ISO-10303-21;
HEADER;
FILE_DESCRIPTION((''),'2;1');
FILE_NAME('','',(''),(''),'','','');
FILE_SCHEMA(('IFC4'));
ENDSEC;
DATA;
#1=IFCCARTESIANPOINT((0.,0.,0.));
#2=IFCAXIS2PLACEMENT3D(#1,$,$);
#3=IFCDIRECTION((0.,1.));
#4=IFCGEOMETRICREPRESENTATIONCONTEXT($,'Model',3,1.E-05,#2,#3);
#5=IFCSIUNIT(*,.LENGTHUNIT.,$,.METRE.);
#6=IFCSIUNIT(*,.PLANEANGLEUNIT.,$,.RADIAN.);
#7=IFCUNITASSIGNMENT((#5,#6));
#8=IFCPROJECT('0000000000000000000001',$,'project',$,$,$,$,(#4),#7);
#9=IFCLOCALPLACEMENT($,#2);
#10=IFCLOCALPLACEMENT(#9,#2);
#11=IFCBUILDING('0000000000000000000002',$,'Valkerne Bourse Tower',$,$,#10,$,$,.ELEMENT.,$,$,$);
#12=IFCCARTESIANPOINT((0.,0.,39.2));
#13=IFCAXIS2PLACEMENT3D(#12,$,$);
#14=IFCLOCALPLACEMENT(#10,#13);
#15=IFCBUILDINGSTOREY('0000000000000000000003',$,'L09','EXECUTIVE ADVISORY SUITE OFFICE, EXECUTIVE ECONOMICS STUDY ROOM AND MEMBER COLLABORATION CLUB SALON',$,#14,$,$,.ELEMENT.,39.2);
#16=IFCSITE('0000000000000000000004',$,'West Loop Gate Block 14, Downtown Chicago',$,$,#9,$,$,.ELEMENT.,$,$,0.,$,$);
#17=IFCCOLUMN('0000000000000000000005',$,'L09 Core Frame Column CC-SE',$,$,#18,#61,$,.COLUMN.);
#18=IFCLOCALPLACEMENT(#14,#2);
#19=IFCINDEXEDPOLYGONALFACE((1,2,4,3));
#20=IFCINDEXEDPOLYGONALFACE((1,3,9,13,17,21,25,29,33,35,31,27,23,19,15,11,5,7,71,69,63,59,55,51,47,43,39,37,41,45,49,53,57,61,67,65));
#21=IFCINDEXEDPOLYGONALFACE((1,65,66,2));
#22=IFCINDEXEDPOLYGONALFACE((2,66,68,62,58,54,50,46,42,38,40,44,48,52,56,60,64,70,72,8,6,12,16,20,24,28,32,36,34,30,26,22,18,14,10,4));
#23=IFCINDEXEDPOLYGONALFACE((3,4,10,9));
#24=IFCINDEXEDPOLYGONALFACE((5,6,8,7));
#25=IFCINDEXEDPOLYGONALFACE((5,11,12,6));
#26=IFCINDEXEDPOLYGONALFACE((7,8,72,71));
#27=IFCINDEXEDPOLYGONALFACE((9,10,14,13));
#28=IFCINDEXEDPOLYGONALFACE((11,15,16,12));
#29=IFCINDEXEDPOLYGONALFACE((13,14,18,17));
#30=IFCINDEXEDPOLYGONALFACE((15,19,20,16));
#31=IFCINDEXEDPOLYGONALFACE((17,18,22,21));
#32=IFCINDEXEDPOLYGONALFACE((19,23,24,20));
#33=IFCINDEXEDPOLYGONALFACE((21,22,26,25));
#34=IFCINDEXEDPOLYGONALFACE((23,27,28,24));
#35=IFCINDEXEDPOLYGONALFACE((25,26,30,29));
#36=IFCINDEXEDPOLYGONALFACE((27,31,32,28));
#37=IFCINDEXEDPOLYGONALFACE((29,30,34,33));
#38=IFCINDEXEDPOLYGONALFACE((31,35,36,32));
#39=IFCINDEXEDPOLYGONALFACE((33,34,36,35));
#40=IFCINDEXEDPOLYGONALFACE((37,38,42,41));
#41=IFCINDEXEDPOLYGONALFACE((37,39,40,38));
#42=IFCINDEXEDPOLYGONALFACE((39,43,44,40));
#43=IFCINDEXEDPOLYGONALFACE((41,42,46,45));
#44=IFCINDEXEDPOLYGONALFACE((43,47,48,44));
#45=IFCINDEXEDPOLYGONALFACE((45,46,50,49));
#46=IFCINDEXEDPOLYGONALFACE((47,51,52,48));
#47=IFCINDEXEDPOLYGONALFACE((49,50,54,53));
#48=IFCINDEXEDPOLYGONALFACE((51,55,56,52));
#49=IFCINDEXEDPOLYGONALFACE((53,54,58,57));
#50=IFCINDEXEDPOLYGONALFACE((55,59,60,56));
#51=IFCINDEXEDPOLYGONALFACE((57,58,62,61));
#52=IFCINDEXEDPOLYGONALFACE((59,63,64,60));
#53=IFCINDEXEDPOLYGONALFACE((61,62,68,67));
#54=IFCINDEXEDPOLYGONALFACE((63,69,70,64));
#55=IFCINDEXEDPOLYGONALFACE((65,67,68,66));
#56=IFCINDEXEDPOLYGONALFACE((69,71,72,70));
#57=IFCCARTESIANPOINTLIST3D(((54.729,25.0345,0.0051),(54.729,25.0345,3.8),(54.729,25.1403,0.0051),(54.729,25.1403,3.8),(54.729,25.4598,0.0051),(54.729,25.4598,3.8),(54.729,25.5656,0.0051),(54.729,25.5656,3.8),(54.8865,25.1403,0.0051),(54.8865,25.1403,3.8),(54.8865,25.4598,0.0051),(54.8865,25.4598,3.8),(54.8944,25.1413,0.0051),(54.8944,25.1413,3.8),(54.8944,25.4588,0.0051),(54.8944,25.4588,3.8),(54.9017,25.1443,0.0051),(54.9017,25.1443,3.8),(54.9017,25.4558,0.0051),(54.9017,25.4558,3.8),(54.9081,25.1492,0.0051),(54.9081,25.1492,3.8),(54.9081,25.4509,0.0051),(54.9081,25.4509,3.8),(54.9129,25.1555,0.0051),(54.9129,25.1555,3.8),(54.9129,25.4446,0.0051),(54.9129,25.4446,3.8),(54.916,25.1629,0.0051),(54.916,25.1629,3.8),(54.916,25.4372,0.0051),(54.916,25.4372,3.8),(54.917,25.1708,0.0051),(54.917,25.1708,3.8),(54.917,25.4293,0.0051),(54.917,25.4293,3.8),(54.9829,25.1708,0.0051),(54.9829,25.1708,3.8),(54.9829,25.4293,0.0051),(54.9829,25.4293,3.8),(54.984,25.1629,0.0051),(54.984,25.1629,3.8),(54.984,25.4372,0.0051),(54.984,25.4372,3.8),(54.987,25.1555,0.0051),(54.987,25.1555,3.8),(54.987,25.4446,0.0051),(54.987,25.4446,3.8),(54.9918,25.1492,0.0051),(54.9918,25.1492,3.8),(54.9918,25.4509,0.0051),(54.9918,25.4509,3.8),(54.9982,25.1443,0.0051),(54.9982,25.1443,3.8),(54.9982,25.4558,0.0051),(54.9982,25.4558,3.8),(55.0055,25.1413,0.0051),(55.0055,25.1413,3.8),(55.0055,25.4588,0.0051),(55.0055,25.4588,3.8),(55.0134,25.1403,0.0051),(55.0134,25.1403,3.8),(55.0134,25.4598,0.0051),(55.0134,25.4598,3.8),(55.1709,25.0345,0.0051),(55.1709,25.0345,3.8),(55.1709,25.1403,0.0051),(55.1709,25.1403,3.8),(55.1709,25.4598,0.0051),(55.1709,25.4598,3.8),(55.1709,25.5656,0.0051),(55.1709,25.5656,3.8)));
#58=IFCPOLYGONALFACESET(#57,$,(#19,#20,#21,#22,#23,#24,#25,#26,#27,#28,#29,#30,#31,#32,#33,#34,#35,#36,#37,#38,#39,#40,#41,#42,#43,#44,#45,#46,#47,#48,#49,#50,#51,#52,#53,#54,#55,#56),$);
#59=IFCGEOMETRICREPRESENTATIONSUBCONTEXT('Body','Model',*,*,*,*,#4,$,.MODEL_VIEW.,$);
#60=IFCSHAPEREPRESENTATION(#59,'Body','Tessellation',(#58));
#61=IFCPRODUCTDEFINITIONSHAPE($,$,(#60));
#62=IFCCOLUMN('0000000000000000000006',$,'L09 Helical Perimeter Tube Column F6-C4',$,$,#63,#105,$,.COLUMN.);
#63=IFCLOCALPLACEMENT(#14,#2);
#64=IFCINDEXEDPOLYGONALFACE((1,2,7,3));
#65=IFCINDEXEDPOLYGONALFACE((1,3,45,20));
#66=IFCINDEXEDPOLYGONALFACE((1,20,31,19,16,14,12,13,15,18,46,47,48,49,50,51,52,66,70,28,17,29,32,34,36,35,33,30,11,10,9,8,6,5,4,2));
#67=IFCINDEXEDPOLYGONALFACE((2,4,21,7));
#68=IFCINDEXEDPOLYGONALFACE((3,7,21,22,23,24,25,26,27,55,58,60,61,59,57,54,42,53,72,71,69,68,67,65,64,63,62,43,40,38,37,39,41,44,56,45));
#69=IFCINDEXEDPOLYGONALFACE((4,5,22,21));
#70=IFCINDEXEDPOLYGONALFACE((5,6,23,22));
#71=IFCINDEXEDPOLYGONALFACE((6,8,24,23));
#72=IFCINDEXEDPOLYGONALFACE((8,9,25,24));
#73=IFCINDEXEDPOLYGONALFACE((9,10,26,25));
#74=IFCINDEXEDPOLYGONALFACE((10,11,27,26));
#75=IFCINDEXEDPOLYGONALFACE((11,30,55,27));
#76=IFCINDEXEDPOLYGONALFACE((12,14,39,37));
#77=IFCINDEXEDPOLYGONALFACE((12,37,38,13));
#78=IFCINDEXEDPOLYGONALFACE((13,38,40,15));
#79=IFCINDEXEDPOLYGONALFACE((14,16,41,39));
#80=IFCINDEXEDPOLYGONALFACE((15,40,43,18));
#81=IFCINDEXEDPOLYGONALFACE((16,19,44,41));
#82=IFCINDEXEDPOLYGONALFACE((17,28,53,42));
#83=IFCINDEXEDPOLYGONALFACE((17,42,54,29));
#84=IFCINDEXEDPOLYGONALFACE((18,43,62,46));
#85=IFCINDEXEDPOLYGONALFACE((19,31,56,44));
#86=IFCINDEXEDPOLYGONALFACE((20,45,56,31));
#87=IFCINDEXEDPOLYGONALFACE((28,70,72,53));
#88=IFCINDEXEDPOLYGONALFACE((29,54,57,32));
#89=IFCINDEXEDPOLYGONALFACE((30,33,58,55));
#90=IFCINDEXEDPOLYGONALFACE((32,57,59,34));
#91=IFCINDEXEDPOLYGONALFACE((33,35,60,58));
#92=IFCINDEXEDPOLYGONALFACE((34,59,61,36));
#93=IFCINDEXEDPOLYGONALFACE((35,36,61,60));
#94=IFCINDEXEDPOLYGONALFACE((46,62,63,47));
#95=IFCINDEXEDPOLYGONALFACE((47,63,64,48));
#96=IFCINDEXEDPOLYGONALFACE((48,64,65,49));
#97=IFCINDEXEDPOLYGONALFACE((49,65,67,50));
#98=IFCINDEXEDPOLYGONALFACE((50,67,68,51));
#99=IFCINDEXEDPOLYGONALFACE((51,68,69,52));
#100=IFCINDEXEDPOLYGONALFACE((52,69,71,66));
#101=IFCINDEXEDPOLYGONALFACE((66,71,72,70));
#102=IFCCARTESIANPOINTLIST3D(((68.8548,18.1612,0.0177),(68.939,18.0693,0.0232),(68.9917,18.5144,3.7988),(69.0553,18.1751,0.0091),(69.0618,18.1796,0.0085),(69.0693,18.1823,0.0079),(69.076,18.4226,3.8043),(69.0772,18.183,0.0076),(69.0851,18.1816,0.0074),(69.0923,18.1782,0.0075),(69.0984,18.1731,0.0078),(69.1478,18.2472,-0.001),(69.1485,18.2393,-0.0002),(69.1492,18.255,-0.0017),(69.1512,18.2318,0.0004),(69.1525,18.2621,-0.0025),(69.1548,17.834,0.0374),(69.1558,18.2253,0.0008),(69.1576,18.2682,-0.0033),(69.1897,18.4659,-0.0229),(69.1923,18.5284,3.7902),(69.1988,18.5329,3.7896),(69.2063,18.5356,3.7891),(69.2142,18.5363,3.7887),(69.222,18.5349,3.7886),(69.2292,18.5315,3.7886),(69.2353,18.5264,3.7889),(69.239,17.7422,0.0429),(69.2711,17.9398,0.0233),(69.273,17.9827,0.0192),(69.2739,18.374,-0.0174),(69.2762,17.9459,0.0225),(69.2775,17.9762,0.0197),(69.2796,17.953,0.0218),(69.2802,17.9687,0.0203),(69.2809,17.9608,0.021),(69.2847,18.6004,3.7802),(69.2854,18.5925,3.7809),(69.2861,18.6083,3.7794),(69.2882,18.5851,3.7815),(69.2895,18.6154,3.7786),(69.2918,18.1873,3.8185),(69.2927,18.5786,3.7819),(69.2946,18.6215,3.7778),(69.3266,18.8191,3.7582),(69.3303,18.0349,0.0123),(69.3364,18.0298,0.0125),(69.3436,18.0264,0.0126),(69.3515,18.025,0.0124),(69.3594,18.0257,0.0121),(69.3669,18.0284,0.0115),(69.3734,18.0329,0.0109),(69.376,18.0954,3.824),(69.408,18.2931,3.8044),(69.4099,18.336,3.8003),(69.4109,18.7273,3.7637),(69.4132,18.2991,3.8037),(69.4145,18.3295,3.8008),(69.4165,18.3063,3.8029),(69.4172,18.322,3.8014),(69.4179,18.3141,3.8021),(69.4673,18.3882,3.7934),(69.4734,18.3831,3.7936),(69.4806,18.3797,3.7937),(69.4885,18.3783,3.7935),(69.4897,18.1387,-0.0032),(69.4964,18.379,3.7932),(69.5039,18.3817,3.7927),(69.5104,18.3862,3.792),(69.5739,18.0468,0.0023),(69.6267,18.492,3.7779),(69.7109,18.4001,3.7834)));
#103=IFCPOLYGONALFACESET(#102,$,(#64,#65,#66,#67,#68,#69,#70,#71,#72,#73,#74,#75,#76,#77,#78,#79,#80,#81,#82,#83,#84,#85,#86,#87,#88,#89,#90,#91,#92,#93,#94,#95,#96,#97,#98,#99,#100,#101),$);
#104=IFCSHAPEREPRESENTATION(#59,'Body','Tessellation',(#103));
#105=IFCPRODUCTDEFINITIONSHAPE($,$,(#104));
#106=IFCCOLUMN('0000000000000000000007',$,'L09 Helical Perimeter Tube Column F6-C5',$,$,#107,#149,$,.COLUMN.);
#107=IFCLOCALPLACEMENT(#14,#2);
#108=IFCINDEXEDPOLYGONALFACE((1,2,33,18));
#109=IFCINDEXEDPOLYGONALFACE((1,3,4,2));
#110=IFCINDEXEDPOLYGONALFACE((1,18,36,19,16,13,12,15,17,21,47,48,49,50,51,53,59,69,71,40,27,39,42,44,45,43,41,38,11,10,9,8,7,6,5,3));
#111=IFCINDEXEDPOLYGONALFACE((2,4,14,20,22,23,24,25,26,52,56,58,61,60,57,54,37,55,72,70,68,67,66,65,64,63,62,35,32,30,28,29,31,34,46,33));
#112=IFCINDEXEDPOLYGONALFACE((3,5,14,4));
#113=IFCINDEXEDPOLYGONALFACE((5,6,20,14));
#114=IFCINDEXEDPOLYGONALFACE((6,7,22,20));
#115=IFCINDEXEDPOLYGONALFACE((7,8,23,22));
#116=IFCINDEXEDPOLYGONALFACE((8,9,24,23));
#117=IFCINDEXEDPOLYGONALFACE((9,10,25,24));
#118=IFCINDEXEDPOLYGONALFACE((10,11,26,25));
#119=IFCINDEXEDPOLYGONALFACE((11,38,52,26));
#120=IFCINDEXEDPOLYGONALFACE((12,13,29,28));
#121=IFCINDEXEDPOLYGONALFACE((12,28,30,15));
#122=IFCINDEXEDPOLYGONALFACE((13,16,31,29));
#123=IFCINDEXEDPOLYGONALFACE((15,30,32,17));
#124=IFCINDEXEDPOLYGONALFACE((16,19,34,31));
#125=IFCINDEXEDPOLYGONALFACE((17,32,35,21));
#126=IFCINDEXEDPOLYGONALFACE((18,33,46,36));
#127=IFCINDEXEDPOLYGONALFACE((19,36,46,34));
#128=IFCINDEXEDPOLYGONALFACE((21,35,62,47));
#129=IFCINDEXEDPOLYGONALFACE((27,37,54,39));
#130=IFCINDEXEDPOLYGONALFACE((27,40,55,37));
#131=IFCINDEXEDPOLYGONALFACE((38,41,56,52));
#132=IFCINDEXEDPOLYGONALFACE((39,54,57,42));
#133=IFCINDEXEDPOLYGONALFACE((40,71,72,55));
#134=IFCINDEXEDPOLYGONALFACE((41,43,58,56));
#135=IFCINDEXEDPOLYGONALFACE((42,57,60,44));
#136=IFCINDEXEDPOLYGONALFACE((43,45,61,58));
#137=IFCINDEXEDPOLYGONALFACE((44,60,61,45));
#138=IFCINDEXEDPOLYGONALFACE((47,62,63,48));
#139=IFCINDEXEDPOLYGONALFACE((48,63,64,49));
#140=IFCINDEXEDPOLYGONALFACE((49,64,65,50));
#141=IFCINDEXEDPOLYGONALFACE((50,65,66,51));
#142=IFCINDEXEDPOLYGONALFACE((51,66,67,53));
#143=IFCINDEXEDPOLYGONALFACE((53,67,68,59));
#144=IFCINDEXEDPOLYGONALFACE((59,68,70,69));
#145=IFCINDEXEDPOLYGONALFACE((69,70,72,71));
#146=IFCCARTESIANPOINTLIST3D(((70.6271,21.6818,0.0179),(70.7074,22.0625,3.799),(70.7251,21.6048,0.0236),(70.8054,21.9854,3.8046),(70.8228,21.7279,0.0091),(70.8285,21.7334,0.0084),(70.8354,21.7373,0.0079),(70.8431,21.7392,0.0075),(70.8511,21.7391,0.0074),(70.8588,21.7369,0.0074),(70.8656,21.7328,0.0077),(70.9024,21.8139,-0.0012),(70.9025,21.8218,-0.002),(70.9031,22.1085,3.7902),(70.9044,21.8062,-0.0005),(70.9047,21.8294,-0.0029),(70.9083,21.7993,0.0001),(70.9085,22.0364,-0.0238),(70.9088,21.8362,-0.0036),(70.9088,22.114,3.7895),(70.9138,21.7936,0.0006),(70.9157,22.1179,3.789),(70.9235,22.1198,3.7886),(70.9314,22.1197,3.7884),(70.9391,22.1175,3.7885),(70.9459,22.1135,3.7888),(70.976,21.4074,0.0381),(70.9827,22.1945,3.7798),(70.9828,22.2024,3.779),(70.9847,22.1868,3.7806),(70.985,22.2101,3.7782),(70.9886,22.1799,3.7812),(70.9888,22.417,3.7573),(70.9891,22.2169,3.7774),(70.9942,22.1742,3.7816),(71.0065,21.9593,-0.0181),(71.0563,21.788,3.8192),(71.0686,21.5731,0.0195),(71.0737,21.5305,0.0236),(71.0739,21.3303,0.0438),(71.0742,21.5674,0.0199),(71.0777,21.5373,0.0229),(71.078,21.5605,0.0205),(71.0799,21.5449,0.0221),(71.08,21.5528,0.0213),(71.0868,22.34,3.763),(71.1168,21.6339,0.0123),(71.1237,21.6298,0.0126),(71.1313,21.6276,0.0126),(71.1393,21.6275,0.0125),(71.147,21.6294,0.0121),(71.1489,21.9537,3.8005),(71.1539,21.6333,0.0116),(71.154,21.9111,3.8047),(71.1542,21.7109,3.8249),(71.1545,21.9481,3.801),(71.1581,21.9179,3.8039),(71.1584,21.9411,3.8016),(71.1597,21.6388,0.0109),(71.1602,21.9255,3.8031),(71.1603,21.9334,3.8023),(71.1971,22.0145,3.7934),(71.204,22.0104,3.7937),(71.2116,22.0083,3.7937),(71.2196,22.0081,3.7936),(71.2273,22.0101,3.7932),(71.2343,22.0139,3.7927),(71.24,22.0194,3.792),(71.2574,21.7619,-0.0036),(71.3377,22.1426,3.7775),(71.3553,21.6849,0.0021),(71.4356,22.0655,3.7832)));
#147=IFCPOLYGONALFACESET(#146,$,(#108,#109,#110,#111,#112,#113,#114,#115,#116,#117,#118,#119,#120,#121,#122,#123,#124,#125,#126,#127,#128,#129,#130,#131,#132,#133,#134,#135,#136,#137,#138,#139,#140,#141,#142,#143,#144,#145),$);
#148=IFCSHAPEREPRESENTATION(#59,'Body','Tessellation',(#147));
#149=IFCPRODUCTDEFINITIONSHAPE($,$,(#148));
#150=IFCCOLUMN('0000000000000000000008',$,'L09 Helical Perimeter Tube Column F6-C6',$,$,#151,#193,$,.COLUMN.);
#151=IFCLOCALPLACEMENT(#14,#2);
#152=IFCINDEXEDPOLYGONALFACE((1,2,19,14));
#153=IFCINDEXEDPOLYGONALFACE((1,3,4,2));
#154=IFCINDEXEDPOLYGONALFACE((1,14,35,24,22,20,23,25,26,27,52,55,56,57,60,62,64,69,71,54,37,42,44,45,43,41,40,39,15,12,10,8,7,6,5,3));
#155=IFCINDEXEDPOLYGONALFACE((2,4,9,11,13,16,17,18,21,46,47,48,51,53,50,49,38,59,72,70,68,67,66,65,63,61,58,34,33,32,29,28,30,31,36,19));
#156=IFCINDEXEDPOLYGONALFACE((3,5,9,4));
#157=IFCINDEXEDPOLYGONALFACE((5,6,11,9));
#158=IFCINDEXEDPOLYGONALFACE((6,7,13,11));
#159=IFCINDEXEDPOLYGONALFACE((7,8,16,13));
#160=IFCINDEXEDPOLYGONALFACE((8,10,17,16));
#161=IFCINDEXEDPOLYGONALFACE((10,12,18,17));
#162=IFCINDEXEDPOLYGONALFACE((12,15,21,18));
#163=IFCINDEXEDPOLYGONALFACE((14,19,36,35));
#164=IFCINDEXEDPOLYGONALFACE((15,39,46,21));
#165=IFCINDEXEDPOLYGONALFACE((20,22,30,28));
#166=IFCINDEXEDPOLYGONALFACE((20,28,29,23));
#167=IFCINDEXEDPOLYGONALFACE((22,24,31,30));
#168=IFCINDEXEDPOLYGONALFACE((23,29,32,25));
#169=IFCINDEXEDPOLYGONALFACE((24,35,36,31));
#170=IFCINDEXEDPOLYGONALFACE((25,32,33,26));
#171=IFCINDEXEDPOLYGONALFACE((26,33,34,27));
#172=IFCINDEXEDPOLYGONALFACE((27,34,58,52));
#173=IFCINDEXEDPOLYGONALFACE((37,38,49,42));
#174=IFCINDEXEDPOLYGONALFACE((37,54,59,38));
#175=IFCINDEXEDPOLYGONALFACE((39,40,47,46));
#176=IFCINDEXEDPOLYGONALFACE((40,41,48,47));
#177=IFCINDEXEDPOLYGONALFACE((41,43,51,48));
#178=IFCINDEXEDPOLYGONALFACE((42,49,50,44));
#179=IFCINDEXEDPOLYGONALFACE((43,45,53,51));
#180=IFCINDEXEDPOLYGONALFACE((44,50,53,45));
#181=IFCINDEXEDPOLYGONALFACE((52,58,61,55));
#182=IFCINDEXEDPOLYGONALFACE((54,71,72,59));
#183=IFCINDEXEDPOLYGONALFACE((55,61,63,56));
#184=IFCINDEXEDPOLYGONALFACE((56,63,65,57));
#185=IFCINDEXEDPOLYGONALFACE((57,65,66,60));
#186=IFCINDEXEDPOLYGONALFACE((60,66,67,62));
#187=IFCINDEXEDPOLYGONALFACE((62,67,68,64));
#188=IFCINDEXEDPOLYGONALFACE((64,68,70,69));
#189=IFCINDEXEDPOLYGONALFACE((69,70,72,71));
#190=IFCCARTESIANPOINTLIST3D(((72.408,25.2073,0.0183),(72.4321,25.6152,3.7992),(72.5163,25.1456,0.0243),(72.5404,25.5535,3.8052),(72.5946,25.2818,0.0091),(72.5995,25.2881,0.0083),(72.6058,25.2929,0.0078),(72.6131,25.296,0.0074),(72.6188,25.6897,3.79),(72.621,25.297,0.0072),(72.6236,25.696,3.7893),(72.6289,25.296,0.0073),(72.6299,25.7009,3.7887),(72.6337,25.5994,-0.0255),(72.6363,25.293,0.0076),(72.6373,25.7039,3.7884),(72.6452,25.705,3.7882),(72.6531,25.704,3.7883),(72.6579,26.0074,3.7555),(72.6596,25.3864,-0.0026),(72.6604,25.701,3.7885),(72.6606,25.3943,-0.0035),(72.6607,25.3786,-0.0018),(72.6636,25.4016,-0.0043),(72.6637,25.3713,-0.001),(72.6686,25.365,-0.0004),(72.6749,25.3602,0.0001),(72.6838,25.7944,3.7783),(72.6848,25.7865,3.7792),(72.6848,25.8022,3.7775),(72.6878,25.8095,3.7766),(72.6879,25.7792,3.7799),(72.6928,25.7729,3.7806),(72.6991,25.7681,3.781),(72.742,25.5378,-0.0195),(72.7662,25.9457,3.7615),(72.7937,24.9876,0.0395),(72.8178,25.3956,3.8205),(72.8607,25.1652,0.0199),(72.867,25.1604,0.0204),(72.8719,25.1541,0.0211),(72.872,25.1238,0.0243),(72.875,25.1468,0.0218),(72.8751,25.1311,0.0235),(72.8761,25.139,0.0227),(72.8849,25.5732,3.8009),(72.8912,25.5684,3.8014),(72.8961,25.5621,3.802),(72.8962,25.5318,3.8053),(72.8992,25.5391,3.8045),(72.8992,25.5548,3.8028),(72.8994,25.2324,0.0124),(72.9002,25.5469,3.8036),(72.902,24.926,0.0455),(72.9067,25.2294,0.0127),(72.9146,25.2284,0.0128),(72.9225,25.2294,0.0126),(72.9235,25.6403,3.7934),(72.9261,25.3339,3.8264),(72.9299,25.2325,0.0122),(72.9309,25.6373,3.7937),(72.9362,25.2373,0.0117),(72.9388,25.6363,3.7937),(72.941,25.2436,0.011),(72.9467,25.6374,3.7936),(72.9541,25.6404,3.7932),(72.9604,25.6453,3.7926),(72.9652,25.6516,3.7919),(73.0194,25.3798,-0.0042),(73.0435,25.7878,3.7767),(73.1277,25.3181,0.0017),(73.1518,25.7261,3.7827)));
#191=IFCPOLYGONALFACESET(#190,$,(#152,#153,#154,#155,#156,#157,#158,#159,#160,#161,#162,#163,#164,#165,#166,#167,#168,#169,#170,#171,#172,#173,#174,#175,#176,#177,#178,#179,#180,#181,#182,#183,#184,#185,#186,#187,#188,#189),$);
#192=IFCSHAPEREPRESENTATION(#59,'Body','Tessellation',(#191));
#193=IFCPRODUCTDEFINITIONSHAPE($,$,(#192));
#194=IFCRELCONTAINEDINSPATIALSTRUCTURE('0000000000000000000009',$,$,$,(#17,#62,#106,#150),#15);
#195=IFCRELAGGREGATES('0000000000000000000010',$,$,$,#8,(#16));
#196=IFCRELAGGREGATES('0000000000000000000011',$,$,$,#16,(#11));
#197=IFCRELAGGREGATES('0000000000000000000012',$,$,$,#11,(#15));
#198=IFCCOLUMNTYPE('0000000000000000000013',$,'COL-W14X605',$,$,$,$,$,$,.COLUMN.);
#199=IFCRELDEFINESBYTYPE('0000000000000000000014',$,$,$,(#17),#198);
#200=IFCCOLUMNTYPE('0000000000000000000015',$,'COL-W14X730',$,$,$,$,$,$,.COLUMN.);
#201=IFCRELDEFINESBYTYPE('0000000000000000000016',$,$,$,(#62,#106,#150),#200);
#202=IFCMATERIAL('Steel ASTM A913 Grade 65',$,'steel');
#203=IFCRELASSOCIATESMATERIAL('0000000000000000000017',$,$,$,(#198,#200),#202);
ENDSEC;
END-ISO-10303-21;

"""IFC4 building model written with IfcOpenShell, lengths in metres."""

from ifc_helpers import new_model, si_unit, direction, frame, origin, origin_2d, place, context, subcontext, project, spatial, i_section, extrude, material, material_profile, profile_set, type_object, element, save


model = new_model("IFC4")

# Units and contexts
model_context = context("Model", 3, precision=1e-05, world=origin(), true_north=direction((0.0, 1.0)))
body_context = subcontext(model_context, "Body", "Model", "MODEL_VIEW")
ifc_project = project(units=[si_unit("LENGTHUNIT", "METRE"), si_unit("PLANEANGLEUNIT", "RADIAN")], contexts=[model_context])

# Site, building, storey
site_placement = place(None, origin())
site = spatial("IfcSite", under=ifc_project, at=site_placement, Name="West Loop Gate Block 14, Downtown Chicago", CompositionType="ELEMENT", RefElevation=0.0)
building_placement = place(site_placement, origin())
building = spatial("IfcBuilding", under=site, at=building_placement, Name="Valkerne Bourse Tower", CompositionType="ELEMENT")
storey_placement = place(building_placement, frame((0.0, 0.0, 39.2)))
storey = spatial("IfcBuildingStorey", under=building, at=storey_placement, Name="L09", Description="EXECUTIVE ADVISORY SUITE OFFICE, EXECUTIVE ECONOMICS STUDY ROOM AND MEMBER COLLABORATION CLUB SALON", CompositionType="ELEMENT", Elevation=39.2)

# Columns
ifc_material_1 = material(Name="Steel ASTM A913 Grade 65", Category="steel")
ifc_material_profile_1 = material_profile(ifc_material_1, i_section(OverallWidth=0.4419, OverallDepth=0.531, WebThickness=0.0659, FlangeThickness=0.1057, FilletRadius=0.0305, at=origin_2d()), Name="W14X605")
ifc_profile_set_1 = profile_set([ifc_material_profile_1], Name="Steel ASTM A913 Grade 65")
column_type_1 = type_object("IfcColumnType", Name="COL-W14X605", PredefinedType="COLUMN", material=ifc_profile_set_1)
column_1_placement = place(storey_placement, frame((54.95, 25.3, 0.0051), z_axis=(0.0, 0.0, 1.0), x_axis=(1.0, 0.0, 0.0)))
element("IfcColumn", 1, at=column_1_placement, inside=storey, type_object=column_type_1, Name="L09 Core Frame Column CC-SE", PredefinedType="COLUMN", context=body_context, shape_type="SweptSolid", body=[
    extrude(i_section(OverallWidth=0.4419, OverallDepth=0.531, WebThickness=0.0659, FlangeThickness=0.1057, FilletRadius=0.0305, at=origin_2d()), origin(), (0.0, 0.0, 1.0), 3.7949),
])
ifc_material_profile_2 = material_profile(ifc_material_1, i_section(OverallWidth=0.4546, OverallDepth=0.5691, WebThickness=0.0779, FlangeThickness=0.1248, FilletRadius=0.0305, at=origin_2d()), Name="W14X730")
ifc_profile_set_2 = profile_set([ifc_material_profile_2], Name="Steel ASTM A913 Grade 65")
column_type_2 = type_object("IfcColumnType", Name="COL-W14X730", PredefinedType="COLUMN", material=ifc_profile_set_2)
column_2_placement = place(storey_placement, frame((69.2144, 18.104, 0.01), z_axis=(0.036043, 0.092968, 0.995017), x_axis=(-0.736739, -0.670253, 0.089311)))
element("IfcColumn", 2, at=column_2_placement, inside=storey, type_object=column_type_2, Name="L09 Helical Perimeter Tube Column F6-C4", PredefinedType="COLUMN", context=body_context, shape_type="SweptSolid", body=[
    extrude(i_section(OverallWidth=0.4546, OverallDepth=0.5691, WebThickness=0.0779, FlangeThickness=0.1248, FilletRadius=0.0305, at=origin_2d()), origin(), (0.0, 0.0, 1.0), 3.8),
])
column_3_placement = place(storey_placement, frame((70.9912, 21.6833, 0.01), z_axis=(0.021132, 0.100137, 0.994749), x_axis=(-0.619033, -0.779997, 0.091669)))
element("IfcColumn", 3, at=column_3_placement, inside=storey, type_object=column_type_2, Name="L09 Helical Perimeter Tube Column F6-C5", PredefinedType="COLUMN", context=body_context, shape_type="SweptSolid", body=[
    extrude(i_section(OverallWidth=0.4546, OverallDepth=0.5691, WebThickness=0.0779, FlangeThickness=0.1248, FilletRadius=0.0305, at=origin_2d()), origin(), (0.0, 0.0, 1.0), 3.801),
])
column_4_placement = place(storey_placement, frame((72.7678, 25.2627, 0.01), z_axis=(0.006355, 0.107272, 0.994209), x_axis=(-0.496525, -0.86267, 0.096253)))
element("IfcColumn", 4, at=column_4_placement, inside=storey, type_object=column_type_2, Name="L09 Helical Perimeter Tube Column F6-C6", PredefinedType="COLUMN", context=body_context, shape_type="SweptSolid", body=[
    extrude(i_section(OverallWidth=0.4546, OverallDepth=0.5691, WebThickness=0.0779, FlangeThickness=0.1248, FilletRadius=0.0305, at=origin_2d()), origin(), (0.0, 0.0, 1.0), 3.803),
])

save(model, "model.ifc")
